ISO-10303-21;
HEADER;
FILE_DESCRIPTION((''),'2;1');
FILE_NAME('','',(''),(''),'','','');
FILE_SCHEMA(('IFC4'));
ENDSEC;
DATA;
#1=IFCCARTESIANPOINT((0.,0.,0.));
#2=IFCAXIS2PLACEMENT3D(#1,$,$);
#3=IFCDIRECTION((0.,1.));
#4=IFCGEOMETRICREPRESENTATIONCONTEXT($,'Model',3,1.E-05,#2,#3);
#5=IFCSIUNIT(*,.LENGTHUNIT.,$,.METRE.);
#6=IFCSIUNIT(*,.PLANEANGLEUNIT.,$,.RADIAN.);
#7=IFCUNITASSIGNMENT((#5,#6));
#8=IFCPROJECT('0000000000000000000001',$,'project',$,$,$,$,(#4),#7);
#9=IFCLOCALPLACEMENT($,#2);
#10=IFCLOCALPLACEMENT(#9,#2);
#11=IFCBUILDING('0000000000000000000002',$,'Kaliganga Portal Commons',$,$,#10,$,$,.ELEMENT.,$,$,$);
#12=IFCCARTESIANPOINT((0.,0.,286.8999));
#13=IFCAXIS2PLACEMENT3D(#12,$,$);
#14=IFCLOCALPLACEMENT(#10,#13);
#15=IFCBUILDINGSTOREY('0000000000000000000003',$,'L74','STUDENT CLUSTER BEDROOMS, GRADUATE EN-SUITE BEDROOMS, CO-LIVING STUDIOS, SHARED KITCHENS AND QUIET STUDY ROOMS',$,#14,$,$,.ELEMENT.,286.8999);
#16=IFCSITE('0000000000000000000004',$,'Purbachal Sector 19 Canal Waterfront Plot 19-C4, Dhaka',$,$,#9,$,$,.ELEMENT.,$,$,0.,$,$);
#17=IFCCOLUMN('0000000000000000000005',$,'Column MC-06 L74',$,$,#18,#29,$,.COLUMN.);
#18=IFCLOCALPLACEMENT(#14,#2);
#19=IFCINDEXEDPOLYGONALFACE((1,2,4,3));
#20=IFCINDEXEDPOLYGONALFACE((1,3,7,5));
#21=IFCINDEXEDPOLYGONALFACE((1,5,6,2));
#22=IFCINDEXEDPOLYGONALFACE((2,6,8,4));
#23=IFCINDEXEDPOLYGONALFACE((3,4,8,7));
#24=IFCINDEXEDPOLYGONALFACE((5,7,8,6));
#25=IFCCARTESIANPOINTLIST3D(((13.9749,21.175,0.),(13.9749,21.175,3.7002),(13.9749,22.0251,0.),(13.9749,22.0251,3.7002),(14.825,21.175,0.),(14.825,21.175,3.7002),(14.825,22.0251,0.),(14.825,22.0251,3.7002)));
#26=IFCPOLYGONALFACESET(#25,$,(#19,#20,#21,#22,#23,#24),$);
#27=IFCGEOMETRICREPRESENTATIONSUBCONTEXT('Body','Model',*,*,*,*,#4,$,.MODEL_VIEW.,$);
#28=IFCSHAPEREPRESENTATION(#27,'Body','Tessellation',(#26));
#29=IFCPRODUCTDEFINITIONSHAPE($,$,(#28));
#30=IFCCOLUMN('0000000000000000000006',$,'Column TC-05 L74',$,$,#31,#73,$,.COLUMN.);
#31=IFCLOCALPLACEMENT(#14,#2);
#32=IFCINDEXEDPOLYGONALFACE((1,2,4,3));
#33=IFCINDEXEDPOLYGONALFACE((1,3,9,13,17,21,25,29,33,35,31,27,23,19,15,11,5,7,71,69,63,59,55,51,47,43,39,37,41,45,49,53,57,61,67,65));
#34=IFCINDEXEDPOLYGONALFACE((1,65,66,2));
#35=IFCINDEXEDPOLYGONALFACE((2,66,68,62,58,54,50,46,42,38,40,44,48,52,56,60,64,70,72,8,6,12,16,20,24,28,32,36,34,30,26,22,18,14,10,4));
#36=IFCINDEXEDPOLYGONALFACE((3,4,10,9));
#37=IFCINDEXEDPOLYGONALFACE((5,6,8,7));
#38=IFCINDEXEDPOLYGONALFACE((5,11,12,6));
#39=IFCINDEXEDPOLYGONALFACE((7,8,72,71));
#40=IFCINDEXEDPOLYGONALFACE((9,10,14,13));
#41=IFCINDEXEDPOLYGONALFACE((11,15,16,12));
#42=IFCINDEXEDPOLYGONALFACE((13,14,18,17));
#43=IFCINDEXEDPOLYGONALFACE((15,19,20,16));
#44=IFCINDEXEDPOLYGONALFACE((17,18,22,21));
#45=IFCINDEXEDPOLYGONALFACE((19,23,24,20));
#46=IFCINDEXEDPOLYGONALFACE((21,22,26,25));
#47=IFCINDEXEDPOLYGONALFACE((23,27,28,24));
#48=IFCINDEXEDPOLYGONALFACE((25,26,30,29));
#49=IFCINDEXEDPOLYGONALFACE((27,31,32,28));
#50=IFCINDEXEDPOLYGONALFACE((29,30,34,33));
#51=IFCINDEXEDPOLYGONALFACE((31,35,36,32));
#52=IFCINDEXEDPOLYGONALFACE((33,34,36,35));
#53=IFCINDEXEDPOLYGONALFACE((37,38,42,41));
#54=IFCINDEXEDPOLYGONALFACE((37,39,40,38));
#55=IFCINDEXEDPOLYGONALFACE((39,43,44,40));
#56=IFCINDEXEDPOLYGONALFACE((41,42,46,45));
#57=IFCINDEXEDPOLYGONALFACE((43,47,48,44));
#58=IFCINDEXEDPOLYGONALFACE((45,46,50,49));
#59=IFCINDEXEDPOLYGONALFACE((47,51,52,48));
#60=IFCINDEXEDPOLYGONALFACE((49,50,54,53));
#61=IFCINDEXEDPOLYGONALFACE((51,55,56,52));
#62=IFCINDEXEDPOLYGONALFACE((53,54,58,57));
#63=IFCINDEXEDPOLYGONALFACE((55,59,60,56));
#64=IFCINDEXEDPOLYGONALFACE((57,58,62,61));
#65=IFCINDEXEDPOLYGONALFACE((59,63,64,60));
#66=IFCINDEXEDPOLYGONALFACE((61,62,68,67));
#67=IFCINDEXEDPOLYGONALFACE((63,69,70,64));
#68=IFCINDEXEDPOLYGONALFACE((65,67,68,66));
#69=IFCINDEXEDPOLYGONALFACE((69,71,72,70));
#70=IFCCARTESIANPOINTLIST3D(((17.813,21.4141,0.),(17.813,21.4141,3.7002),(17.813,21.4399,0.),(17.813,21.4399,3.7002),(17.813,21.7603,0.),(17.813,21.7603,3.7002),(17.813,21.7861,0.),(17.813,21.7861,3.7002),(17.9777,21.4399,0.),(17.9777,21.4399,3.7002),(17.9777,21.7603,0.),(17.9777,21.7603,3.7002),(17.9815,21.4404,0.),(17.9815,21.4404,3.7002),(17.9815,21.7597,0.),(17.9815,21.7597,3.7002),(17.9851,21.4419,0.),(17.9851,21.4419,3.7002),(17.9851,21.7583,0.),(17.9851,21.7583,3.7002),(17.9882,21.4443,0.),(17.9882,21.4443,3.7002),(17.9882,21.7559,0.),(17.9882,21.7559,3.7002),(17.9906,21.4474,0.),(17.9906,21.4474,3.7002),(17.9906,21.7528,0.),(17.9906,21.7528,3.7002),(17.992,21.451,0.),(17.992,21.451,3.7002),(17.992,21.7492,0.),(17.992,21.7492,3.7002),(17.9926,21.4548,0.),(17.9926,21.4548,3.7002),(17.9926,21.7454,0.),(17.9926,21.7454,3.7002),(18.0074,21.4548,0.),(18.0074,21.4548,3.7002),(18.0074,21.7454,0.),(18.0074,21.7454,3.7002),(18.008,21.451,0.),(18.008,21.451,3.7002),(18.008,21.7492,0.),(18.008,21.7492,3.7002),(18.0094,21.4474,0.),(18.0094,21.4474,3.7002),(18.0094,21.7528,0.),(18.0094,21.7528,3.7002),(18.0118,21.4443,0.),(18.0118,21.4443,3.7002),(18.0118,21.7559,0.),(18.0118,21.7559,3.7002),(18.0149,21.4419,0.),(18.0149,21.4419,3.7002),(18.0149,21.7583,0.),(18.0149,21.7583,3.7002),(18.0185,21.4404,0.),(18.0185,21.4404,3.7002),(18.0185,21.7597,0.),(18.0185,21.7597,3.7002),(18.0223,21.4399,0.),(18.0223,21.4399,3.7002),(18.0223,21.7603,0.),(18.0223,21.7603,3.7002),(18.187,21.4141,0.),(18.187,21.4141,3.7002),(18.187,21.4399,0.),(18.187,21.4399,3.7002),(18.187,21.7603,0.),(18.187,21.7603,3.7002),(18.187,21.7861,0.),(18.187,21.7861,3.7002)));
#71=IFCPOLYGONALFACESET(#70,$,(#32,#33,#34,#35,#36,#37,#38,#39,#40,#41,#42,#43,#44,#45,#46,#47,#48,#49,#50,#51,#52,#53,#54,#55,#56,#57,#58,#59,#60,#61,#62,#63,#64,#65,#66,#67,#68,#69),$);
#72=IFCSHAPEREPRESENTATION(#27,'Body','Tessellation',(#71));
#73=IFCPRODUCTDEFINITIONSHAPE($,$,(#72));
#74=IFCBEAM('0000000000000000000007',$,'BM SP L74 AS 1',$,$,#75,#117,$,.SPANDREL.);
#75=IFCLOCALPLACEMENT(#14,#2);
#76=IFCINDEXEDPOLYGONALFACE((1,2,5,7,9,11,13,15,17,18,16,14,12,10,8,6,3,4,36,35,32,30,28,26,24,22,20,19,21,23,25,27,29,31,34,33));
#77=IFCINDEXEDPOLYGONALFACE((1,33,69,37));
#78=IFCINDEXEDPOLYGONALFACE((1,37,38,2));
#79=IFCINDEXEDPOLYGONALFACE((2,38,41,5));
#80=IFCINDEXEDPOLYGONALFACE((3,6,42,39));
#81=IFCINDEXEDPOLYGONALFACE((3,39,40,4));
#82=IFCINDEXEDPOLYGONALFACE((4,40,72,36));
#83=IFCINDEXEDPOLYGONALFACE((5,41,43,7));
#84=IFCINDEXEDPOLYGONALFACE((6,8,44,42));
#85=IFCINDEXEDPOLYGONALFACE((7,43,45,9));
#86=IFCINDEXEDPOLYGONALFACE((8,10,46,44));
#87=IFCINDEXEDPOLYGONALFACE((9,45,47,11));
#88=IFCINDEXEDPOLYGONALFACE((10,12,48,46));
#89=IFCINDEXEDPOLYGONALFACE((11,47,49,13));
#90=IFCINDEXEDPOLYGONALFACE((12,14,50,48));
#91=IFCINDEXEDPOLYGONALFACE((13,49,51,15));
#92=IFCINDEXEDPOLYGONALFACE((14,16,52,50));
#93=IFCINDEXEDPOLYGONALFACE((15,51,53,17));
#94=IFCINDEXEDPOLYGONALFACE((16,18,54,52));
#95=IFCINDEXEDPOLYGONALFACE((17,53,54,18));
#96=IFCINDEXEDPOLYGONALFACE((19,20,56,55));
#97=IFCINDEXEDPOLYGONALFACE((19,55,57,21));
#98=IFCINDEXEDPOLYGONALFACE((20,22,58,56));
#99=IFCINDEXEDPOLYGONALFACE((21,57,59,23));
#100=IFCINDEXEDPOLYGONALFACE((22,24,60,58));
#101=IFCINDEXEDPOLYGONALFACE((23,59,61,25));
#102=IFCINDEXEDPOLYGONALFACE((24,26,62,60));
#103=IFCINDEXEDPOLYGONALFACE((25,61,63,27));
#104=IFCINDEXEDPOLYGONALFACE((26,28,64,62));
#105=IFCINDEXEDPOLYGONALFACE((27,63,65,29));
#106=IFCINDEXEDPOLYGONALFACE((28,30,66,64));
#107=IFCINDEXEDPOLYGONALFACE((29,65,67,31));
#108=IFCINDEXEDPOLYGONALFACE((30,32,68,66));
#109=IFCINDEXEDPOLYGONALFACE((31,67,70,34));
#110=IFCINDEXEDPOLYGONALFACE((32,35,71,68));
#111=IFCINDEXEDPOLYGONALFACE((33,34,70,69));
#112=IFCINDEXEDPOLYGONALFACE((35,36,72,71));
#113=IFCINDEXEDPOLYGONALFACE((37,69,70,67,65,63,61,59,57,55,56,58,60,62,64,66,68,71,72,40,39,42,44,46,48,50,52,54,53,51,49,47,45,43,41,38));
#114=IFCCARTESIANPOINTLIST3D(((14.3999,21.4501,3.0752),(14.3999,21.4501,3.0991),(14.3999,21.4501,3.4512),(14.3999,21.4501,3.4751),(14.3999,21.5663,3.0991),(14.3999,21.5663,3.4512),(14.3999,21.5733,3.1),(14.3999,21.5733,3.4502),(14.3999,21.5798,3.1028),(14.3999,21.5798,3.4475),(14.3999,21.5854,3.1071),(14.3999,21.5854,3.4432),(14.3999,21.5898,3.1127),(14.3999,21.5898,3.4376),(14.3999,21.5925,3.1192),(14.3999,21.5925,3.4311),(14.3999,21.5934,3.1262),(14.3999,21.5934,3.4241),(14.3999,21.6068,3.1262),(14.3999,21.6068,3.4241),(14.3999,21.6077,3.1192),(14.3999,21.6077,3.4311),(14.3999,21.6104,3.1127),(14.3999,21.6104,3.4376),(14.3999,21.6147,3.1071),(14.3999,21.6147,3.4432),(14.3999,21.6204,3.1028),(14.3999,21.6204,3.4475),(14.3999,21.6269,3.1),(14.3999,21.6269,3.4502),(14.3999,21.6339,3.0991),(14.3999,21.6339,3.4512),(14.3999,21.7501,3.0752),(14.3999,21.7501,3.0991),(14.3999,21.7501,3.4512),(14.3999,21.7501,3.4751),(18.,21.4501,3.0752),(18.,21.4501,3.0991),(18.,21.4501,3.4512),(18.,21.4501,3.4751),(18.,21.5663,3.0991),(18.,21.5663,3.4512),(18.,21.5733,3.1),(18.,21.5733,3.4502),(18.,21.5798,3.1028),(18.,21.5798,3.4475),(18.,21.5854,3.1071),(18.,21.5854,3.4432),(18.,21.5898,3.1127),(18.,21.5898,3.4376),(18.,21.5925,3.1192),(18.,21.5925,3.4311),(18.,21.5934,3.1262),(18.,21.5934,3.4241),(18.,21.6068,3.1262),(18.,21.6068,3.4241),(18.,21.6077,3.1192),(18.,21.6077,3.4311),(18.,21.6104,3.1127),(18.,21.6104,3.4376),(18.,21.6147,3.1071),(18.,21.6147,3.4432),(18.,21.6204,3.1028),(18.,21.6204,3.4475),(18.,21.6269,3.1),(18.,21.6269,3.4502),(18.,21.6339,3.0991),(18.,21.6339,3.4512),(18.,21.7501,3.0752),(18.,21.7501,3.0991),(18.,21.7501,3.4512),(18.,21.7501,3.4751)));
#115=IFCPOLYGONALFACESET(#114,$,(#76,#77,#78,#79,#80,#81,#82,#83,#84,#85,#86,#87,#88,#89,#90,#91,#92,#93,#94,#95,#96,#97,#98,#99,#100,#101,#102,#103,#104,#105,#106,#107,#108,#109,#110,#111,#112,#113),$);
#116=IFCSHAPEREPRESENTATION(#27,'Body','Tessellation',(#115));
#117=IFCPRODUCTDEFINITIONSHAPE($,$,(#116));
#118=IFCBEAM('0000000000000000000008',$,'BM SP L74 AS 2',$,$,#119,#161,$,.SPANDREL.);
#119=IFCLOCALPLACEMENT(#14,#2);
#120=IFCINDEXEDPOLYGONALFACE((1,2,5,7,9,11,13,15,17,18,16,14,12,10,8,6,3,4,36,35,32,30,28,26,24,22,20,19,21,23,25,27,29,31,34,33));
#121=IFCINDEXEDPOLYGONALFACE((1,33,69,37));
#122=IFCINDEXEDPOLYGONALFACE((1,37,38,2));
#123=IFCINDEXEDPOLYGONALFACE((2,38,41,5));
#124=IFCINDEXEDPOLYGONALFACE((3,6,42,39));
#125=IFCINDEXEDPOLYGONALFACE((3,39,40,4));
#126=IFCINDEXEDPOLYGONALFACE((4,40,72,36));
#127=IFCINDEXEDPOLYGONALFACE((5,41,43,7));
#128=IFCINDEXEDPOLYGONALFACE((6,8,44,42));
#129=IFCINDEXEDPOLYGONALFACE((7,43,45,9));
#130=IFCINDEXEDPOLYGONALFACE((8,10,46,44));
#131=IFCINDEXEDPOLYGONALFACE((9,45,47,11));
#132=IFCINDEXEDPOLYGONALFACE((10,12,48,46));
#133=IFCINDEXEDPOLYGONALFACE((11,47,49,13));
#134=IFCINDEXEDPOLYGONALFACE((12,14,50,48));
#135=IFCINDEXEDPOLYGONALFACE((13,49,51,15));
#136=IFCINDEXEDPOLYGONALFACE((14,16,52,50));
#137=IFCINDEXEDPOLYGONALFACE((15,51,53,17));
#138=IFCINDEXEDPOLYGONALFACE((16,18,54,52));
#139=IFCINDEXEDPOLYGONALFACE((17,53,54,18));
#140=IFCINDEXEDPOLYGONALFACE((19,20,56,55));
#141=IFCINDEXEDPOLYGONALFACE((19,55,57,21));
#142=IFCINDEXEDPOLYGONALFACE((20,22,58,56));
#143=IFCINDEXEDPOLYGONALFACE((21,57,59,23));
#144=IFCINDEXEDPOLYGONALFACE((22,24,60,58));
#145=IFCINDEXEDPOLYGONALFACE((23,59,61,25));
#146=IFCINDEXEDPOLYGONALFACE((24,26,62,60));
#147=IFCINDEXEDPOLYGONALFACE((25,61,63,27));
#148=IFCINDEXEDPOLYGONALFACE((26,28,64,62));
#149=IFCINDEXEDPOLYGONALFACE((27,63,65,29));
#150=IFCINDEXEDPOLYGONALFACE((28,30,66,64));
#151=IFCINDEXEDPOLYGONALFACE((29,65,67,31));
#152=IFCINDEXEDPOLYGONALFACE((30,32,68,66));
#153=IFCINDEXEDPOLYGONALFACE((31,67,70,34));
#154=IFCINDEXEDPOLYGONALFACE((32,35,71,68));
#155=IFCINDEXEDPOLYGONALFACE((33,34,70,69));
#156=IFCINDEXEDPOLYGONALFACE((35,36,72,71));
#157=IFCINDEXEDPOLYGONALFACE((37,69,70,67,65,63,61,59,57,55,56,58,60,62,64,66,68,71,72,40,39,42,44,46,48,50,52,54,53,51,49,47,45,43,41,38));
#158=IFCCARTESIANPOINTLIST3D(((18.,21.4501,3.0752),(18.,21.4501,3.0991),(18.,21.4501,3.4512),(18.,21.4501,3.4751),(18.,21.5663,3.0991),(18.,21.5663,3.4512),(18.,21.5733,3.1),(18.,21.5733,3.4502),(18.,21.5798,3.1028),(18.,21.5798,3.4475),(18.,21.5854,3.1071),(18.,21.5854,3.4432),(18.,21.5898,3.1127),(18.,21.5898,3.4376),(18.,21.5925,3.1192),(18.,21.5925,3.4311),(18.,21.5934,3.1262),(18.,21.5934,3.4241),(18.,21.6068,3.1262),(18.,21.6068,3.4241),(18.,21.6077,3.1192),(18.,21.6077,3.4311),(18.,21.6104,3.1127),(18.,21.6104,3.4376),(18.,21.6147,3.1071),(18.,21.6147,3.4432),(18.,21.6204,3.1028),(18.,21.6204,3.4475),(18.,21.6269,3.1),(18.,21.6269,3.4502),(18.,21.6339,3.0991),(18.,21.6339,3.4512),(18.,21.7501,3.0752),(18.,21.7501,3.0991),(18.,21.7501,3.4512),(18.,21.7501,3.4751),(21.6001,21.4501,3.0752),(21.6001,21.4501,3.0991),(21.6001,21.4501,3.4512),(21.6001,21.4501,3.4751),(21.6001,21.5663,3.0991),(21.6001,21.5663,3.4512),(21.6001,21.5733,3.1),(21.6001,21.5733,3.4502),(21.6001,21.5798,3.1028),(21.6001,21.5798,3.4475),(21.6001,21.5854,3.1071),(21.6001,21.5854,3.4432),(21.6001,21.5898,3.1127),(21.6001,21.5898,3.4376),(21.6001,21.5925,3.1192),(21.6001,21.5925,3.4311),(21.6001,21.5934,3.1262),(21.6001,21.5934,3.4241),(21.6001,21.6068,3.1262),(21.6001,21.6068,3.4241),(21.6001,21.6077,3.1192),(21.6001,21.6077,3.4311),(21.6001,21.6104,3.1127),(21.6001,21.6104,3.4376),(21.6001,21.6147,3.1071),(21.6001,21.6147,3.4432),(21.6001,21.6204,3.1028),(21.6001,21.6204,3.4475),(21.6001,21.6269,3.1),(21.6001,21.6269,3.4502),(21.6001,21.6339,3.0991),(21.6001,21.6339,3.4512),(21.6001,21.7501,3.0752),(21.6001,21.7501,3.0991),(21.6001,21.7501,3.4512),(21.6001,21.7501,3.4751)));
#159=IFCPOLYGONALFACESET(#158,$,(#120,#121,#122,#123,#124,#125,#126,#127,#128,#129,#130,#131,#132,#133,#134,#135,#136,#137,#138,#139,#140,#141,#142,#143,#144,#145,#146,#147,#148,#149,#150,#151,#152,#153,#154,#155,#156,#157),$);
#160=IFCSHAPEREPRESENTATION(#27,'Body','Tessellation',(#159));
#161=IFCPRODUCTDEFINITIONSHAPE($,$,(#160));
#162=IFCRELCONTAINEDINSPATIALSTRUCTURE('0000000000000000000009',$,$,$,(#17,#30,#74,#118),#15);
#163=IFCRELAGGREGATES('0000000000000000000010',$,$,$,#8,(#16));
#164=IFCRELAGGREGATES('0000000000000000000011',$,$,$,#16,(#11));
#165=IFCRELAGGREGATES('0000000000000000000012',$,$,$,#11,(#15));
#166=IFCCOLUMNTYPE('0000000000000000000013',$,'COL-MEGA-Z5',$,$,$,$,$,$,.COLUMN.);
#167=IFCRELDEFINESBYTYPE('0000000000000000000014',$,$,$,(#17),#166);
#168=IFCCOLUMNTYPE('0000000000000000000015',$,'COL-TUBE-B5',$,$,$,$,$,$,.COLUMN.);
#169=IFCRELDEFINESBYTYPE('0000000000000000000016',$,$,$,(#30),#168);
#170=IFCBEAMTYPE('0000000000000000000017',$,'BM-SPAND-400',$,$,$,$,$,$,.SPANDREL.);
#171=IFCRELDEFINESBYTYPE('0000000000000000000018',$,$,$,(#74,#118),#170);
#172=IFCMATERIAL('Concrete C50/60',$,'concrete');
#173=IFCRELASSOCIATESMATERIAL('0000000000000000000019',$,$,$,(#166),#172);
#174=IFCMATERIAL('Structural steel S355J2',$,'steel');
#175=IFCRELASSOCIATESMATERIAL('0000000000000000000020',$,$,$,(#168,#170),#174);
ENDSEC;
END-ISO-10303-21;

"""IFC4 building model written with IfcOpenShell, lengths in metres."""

from ifc_helpers import new_model, si_unit, direction, frame, origin, origin_2d, place, context, subcontext, project, spatial, rectangle, i_section, extrude, source, transform, mapped, material, material_profile, profile_set, type_object, element, save


model = new_model("IFC4")

# Units and contexts
model_context = context("Model", 3, precision=1e-05, world=origin(), true_north=direction((0.0, 1.0)))
body_context = subcontext(model_context, "Body", "Model", "MODEL_VIEW")
ifc_project = project(units=[si_unit("LENGTHUNIT", "METRE"), si_unit("PLANEANGLEUNIT", "RADIAN")], contexts=[model_context])

# Site, building, storey
site_placement = place(None, origin())
site = spatial("IfcSite", under=ifc_project, at=site_placement, Name="Purbachal Sector 19 Canal Waterfront Plot 19-C4, Dhaka", CompositionType="ELEMENT", RefElevation=0.0)
building_placement = place(site_placement, origin())
building = spatial("IfcBuilding", under=site, at=building_placement, Name="Kaliganga Portal Commons", CompositionType="ELEMENT")
storey_placement = place(building_placement, frame((0.0, 0.0, 286.8999)))
storey = spatial("IfcBuildingStorey", under=building, at=storey_placement, Name="L74", Description="STUDENT CLUSTER BEDROOMS, GRADUATE EN-SUITE BEDROOMS, CO-LIVING STUDIOS, SHARED KITCHENS AND QUIET STUDY ROOMS", CompositionType="ELEMENT", Elevation=286.8999)

# Columns
ifc_material_1 = material(Name="Concrete C50/60", Category="concrete")
ifc_material_profile_1 = material_profile(ifc_material_1, rectangle(XDim=0.8501, YDim=0.8501, at=origin_2d()), Name="RC 850x850")
ifc_profile_set_1 = profile_set([ifc_material_profile_1], Name="Concrete C50/60")
column_type_1 = type_object("IfcColumnType", Name="COL-MEGA-Z5", PredefinedType="COLUMN", material=ifc_profile_set_1)
shared_shape_1 = source(origin(), body_context, "Body", "SweptSolid", [
    extrude(rectangle(XDim=0.8501, YDim=0.8501, at=origin_2d()), origin(), (0.0, 0.0, 1.0), 3.7002),
])
column_1_placement = place(storey_placement, frame((14.3999, 21.6001, 0.0), z_axis=(0.0, 0.0, 1.0), x_axis=(1.0, 0.0, 0.0)))
element("IfcColumn", 1, at=column_1_placement, inside=storey, type_object=column_type_1, Name="Column MC-06 L74", PredefinedType="COLUMN", context=body_context, shape_type="MappedRepresentation", body=[
    mapped(shared_shape_1, transform((0.0, 0.0, 0.0), x_axis=(1.0, 0.0, 0.0), y_axis=(0.0, 1.0, 0.0), z_axis=(0.0, 0.0, 1.0), scale=1.0)),
])
ifc_material_2 = material(Name="Structural steel S355J2", Category="steel")
ifc_material_profile_2 = material_profile(ifc_material_2, i_section(OverallWidth=0.374, OverallDepth=0.3721, WebThickness=0.0149, FlangeThickness=0.0259, FilletRadius=0.0149, at=origin_2d()), Name="HD 360x196")
ifc_profile_set_2 = profile_set([ifc_material_profile_2], Name="Structural steel S355J2 wide-flange")
column_type_2 = type_object("IfcColumnType", Name="COL-TUBE-B5", PredefinedType="COLUMN", material=ifc_profile_set_2)
shared_shape_2 = source(origin(), body_context, "Body", "SweptSolid", [
    extrude(i_section(OverallWidth=0.374, OverallDepth=0.3721, WebThickness=0.0149, FlangeThickness=0.0259, FilletRadius=0.0149, at=origin_2d()), origin(), (0.0, 0.0, 1.0), 3.7002),
])
column_2_placement = place(storey_placement, frame((18.0, 21.6001, 0.0), z_axis=(0.0, 0.0, 1.0), x_axis=(1.0, 0.0, 0.0)))
element("IfcColumn", 2, at=column_2_placement, inside=storey, type_object=column_type_2, Name="Column TC-05 L74", PredefinedType="COLUMN", context=body_context, shape_type="MappedRepresentation", body=[
    mapped(shared_shape_2, transform((0.0, 0.0, 0.0), x_axis=(1.0, 0.0, 0.0), y_axis=(0.0, 1.0, 0.0), z_axis=(0.0, 0.0, 1.0), scale=1.0)),
])

# Beams
ifc_material_profile_3 = material_profile(ifc_material_2, i_section(OverallWidth=0.3, OverallDepth=0.3999, WebThickness=0.0134, FlangeThickness=0.0239, FilletRadius=0.0271, at=origin_2d()), Name="HE 400 B")
ifc_profile_set_3 = profile_set([ifc_material_profile_3], Name="Structural steel S355J2 wide-flange")
beam_type_1 = type_object("IfcBeamType", Name="BM-SPAND-400", PredefinedType="SPANDREL", material=ifc_profile_set_3)
shared_shape_3 = source(origin(), body_context, "Body", "SweptSolid", [
    extrude(i_section(OverallWidth=0.3, OverallDepth=0.3999, WebThickness=0.0134, FlangeThickness=0.0239, FilletRadius=0.0271, at=origin_2d()), origin(), (0.0, 0.0, 1.0), 3.6001),
])
for number, where, z_axis, x_axis, name in (
    (3, (14.3999, 21.6001, 3.2751), (1.0, 0.0, 0.0), (0.0, 1.0, 0.0), "BM SP L74 AS 1"),
    (4, (18.0, 21.6001, 3.2751), (1.0, 0.0, 0.0), (0.0, 1.0, 0.0), "BM SP L74 AS 2"),
):
    element("IfcBeam", number, at=place(storey_placement, frame(where, z_axis=z_axis, x_axis=x_axis)), inside=storey, type_object=beam_type_1, Name=name, PredefinedType="SPANDREL", context=body_context, shape_type="MappedRepresentation", body=[
        mapped(shared_shape_3, transform((0.0, 0.0, 0.0), x_axis=(1.0, 0.0, 0.0), y_axis=(0.0, 1.0, 0.0), z_axis=(0.0, 0.0, 1.0), scale=1.0)),
    ])

save(model, "model.ifc")
